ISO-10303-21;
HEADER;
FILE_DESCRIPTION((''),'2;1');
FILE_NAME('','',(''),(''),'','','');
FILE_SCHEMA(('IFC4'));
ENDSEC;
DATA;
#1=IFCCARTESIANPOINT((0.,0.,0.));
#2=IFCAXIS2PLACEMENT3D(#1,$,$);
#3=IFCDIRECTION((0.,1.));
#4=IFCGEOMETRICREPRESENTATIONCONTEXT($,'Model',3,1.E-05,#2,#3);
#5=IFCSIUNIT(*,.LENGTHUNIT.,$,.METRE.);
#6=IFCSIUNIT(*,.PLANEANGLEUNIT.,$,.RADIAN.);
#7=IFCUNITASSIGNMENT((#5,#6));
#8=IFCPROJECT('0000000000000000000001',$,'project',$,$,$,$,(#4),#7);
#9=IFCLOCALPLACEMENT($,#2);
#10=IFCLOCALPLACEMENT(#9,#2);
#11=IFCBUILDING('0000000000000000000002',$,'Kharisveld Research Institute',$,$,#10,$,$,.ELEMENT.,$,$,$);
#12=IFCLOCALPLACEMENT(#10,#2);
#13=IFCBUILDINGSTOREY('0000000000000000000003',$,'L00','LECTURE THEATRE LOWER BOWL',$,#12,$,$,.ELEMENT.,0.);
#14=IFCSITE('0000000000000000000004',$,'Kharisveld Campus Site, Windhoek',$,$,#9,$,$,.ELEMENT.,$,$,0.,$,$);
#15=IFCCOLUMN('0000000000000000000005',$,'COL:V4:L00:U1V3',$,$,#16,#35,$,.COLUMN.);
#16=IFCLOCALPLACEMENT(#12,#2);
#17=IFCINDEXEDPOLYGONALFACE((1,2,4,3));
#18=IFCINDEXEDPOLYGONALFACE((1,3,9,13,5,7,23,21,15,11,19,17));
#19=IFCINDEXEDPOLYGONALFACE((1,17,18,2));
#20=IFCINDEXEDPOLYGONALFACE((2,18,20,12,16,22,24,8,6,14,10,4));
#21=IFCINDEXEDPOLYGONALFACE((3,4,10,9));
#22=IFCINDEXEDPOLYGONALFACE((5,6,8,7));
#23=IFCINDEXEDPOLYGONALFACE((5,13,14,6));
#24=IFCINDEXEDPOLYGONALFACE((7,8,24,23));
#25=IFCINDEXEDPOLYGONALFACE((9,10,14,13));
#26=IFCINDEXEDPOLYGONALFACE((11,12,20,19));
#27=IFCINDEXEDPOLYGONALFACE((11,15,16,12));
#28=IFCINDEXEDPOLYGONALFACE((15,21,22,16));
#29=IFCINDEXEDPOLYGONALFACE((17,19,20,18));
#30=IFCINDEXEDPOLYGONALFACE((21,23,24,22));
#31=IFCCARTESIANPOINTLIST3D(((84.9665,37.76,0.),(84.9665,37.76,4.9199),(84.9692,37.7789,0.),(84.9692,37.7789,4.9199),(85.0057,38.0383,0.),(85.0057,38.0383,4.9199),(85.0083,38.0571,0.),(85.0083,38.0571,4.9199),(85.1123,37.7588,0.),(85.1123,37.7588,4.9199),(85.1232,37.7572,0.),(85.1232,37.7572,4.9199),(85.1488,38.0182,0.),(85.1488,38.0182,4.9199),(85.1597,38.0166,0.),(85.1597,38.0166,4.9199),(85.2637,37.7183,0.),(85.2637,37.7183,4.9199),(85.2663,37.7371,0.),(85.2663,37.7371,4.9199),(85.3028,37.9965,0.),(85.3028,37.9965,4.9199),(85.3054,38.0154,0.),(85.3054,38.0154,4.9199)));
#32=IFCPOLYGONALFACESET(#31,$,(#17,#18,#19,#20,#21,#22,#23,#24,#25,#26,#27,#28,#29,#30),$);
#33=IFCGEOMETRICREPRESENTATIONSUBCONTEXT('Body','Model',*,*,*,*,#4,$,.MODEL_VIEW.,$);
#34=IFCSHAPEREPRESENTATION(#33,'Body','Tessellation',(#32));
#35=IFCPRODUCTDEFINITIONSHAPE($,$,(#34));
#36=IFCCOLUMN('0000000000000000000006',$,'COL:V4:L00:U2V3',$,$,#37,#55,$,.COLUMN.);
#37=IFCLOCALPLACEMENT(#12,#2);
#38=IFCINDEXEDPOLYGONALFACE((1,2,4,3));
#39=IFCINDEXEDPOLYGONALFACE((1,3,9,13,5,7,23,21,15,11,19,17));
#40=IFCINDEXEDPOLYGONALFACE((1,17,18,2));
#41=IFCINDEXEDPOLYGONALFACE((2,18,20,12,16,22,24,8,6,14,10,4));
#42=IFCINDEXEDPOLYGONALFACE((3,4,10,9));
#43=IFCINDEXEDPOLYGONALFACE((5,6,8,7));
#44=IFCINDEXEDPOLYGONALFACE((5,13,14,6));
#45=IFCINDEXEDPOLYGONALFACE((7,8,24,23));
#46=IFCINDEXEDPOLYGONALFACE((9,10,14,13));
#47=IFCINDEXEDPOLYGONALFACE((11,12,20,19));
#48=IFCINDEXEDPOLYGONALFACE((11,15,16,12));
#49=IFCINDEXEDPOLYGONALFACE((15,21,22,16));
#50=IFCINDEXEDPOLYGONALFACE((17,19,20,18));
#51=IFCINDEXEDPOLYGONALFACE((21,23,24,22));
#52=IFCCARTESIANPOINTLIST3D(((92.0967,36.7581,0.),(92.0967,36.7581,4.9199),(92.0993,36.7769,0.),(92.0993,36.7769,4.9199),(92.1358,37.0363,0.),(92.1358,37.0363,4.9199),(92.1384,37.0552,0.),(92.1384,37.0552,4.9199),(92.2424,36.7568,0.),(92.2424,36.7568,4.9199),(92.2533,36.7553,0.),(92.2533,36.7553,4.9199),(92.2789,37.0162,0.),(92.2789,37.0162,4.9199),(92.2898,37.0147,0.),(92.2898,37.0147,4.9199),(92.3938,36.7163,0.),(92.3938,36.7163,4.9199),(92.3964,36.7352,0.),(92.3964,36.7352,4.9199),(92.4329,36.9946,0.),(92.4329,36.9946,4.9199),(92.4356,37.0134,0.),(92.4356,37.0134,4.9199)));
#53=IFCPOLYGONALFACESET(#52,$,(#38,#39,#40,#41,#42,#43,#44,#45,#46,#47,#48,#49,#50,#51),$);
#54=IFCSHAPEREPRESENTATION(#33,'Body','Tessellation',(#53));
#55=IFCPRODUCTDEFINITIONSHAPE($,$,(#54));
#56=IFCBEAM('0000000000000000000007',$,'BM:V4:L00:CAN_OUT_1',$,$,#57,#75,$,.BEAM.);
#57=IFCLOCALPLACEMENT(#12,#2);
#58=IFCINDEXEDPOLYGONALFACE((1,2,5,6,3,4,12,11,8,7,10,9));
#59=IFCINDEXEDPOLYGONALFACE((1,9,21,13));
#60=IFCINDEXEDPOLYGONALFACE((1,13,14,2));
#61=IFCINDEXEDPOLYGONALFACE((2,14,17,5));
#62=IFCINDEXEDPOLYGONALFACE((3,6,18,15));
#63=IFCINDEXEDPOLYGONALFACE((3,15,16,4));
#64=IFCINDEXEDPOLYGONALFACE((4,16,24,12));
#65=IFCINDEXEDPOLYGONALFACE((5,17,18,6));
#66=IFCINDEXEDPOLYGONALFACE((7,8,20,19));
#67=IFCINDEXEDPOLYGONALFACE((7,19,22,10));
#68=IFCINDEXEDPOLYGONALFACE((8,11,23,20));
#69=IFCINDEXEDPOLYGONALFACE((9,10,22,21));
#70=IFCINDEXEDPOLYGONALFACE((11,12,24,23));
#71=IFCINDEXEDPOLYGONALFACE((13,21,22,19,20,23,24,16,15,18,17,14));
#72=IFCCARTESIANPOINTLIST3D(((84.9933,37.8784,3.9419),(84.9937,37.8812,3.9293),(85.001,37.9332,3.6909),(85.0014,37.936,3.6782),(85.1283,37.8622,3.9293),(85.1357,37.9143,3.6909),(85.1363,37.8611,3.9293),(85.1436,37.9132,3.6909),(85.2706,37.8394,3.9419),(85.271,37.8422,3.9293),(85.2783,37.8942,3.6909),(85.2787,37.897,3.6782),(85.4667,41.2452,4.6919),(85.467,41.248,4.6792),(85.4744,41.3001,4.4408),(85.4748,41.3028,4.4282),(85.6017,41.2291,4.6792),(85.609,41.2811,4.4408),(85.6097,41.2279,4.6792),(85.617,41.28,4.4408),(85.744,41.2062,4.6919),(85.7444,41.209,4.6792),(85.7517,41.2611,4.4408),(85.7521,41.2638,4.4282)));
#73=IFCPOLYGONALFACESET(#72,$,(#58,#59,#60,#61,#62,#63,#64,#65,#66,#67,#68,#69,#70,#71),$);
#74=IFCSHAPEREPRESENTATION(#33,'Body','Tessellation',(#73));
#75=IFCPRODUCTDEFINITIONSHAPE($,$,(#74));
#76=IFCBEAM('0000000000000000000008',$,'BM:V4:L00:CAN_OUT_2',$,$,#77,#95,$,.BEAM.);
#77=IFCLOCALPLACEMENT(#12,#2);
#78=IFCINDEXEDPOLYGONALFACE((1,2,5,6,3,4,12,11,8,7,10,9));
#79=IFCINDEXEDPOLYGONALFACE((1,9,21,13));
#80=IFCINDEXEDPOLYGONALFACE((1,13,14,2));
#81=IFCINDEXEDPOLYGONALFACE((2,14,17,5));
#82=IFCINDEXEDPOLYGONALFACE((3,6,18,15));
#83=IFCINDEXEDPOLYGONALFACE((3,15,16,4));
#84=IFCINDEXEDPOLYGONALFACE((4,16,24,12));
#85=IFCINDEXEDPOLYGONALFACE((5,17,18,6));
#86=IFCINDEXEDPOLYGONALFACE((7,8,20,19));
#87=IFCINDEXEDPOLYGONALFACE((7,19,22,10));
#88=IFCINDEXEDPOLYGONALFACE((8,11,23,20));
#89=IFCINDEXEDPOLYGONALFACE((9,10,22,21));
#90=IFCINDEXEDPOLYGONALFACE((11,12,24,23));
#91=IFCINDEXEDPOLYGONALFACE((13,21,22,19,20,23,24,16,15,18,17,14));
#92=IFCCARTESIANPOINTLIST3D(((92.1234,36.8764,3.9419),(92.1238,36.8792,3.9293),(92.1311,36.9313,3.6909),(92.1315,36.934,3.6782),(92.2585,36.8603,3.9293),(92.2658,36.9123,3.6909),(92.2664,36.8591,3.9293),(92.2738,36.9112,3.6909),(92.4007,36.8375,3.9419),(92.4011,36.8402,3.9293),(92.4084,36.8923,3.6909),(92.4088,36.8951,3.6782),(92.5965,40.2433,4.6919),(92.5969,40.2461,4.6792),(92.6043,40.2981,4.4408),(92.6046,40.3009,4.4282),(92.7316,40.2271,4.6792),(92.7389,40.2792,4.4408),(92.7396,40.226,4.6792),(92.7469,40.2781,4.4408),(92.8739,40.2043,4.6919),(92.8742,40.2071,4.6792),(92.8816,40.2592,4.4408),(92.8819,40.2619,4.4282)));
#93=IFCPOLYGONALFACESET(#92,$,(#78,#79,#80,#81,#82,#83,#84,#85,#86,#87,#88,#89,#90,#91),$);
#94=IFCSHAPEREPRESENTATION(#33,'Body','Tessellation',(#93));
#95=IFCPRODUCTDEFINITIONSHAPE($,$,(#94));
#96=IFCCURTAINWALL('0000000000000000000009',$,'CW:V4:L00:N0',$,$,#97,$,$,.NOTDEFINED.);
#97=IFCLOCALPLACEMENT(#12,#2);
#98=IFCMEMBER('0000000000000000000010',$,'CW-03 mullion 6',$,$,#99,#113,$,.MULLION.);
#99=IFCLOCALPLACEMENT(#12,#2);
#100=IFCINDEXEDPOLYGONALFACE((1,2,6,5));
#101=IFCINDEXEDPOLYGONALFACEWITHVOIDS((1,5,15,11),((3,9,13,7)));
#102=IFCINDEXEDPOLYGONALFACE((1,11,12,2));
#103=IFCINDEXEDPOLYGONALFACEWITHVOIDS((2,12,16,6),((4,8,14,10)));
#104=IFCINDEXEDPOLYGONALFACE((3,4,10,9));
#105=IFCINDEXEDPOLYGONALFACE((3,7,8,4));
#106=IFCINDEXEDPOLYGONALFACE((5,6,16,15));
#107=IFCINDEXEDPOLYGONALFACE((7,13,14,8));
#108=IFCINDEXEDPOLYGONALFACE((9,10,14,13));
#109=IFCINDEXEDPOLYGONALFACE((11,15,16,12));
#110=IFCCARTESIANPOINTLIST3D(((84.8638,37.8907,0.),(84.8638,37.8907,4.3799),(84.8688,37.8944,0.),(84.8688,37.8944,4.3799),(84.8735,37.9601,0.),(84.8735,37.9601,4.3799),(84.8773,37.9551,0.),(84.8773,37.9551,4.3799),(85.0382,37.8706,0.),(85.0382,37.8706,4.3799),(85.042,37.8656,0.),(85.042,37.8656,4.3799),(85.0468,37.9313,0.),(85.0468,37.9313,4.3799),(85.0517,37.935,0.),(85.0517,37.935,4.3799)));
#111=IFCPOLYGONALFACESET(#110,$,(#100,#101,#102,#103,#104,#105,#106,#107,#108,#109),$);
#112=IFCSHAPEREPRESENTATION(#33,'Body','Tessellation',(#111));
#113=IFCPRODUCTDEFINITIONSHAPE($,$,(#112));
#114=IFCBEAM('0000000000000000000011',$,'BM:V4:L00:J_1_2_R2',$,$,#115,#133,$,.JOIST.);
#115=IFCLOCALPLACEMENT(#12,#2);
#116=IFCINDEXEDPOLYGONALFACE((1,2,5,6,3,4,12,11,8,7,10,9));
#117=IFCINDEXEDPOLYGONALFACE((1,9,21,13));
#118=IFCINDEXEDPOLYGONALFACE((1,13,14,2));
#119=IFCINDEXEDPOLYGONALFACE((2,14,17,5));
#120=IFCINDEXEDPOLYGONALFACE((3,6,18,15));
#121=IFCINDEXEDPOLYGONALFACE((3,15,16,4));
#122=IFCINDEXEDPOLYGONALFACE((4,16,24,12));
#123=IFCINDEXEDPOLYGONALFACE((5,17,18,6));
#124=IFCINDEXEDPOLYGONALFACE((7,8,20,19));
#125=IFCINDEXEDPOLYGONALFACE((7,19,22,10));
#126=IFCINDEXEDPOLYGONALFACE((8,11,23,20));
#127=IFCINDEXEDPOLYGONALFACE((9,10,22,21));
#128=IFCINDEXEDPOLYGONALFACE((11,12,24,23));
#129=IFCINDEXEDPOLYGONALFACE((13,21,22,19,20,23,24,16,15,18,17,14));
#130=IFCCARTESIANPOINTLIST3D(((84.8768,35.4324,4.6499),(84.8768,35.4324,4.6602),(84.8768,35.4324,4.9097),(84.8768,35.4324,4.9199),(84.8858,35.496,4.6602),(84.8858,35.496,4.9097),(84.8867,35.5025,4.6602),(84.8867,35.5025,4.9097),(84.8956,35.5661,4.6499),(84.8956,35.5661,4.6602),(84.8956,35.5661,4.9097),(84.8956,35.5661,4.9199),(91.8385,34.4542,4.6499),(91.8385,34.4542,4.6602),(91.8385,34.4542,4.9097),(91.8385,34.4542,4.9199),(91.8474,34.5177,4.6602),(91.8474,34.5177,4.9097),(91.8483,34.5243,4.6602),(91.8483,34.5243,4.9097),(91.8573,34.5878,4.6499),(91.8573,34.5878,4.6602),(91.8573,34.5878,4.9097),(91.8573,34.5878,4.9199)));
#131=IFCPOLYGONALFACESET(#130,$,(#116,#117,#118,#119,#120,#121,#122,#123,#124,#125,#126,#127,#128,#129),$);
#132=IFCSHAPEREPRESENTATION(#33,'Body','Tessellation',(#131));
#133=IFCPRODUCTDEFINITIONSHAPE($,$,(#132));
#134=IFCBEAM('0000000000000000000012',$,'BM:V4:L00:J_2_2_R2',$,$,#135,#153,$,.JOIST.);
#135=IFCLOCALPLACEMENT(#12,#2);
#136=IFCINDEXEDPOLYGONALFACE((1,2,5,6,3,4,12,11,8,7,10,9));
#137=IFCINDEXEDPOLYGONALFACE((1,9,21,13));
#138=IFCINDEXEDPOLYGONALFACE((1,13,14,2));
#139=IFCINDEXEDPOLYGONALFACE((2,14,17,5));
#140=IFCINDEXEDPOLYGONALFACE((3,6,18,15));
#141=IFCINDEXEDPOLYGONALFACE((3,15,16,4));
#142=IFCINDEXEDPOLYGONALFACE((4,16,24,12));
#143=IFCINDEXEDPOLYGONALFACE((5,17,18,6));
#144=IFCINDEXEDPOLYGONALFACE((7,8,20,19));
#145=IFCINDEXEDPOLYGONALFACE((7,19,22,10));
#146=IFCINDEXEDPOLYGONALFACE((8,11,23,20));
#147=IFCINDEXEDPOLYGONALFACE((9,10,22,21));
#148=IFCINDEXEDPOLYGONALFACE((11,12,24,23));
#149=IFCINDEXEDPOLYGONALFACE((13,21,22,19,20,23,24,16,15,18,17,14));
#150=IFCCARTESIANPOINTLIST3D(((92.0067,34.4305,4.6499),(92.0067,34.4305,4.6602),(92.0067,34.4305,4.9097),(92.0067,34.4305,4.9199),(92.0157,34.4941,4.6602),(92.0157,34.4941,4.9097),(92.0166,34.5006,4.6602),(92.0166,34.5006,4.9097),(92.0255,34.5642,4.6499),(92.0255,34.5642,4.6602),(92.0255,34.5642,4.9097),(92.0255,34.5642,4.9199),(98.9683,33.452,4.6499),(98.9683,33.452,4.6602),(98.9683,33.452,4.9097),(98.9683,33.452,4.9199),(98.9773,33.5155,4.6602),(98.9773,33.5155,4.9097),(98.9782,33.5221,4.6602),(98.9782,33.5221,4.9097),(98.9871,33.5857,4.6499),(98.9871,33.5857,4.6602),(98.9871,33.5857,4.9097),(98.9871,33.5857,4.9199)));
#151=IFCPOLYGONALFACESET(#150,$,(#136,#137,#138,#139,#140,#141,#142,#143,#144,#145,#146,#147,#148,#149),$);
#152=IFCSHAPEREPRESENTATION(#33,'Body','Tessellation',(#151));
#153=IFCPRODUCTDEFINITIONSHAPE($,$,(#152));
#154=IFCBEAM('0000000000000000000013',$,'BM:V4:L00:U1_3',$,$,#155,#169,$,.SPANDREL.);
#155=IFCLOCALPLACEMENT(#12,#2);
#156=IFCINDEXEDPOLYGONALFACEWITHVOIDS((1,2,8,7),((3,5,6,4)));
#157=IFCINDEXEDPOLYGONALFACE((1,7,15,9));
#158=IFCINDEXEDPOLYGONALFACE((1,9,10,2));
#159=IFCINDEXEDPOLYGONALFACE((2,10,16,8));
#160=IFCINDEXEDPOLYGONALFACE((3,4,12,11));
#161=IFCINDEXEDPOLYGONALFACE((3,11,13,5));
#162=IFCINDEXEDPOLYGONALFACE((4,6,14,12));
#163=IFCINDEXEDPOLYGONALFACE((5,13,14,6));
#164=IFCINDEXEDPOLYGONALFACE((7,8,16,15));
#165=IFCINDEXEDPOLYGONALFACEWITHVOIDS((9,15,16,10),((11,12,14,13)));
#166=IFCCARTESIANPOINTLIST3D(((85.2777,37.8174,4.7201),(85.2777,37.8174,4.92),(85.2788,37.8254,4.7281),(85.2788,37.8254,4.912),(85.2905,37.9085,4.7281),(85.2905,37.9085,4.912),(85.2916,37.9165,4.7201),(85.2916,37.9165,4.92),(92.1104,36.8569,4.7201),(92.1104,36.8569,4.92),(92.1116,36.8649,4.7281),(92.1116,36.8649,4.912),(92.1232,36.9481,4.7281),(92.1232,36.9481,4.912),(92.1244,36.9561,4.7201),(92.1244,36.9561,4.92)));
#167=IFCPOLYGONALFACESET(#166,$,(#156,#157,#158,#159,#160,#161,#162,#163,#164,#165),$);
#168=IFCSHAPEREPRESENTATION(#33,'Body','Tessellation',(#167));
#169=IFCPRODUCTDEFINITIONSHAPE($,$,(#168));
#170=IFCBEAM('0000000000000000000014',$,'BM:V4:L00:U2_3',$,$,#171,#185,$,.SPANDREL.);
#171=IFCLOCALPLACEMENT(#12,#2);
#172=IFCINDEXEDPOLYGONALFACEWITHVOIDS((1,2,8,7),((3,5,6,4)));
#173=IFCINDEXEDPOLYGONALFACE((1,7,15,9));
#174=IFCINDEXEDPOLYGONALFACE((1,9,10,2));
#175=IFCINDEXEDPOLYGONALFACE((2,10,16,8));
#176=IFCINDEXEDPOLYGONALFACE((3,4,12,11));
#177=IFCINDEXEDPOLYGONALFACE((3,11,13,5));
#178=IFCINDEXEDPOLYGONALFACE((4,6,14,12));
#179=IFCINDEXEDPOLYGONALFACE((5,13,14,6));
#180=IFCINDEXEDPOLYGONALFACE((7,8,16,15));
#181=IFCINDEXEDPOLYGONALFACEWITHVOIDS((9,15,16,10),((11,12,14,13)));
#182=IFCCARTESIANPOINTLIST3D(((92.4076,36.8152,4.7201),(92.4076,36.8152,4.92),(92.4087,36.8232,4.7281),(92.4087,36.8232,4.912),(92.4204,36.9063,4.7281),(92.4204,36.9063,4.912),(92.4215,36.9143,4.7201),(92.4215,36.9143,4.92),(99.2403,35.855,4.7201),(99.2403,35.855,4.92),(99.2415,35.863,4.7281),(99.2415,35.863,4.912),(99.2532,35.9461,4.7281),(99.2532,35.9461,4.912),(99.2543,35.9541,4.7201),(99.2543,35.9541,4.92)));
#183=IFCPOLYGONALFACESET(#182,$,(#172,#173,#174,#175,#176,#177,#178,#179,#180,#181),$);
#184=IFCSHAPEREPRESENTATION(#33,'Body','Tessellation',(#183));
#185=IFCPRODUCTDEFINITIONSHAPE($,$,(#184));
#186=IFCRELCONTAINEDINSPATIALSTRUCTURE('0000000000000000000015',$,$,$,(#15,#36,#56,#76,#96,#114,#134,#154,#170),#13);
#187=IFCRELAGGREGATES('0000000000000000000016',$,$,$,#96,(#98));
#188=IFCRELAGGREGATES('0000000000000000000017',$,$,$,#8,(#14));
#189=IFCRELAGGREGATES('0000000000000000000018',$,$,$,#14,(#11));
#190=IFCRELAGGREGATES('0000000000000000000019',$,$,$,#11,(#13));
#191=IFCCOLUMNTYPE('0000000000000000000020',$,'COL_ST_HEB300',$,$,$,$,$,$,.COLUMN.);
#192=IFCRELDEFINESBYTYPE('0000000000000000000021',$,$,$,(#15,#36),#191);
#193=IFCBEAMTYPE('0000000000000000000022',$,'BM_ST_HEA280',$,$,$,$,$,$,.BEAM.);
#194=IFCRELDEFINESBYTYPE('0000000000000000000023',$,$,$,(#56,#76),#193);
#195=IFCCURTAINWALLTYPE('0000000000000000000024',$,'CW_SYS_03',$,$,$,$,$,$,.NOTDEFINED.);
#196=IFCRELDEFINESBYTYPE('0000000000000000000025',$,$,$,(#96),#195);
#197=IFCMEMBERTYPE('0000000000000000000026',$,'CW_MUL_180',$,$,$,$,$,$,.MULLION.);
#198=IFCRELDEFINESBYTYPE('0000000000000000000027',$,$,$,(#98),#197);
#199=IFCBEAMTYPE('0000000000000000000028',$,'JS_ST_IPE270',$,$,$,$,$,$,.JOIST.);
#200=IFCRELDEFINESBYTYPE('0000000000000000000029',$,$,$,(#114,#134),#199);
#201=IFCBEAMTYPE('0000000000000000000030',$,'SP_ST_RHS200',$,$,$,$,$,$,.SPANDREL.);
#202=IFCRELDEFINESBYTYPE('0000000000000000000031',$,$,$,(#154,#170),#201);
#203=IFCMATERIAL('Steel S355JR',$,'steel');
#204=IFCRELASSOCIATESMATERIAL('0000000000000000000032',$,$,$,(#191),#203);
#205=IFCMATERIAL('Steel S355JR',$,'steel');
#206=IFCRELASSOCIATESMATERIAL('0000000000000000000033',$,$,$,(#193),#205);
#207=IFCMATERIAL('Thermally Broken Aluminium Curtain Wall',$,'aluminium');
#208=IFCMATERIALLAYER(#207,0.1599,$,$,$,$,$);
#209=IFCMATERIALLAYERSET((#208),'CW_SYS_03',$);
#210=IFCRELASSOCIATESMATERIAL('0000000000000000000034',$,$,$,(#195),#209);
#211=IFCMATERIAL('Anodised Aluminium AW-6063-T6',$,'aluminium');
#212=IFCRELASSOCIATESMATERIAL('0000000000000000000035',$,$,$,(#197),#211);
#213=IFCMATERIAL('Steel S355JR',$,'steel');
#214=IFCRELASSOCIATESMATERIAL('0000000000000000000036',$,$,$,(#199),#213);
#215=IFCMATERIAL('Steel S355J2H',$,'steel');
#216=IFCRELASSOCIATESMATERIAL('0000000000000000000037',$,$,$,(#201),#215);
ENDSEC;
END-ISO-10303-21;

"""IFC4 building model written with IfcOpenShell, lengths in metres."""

from ifc_helpers import new_model, si_unit, direction, frame, origin, origin_2d, place, context, subcontext, project, spatial, hollow_rectangle, i_section, extrude, material, layer, layer_set, material_profile, profile_set, type_object, element, aggregate, save


model = new_model("IFC4")

# Units and contexts
model_context = context("Model", 3, precision=1e-05, world=origin(), true_north=direction((0.0, 1.0)))
body_context = subcontext(model_context, "Body", "Model", "MODEL_VIEW")
ifc_project = project(units=[si_unit("LENGTHUNIT", "METRE"), si_unit("PLANEANGLEUNIT", "RADIAN")], contexts=[model_context])

# Site, building, storey
site_placement = place(None, origin())
site = spatial("IfcSite", under=ifc_project, at=site_placement, Name="Kharisveld Campus Site, Windhoek", CompositionType="ELEMENT", RefElevation=0.0)
building_placement = place(site_placement, origin())
building = spatial("IfcBuilding", under=site, at=building_placement, Name="Kharisveld Research Institute", CompositionType="ELEMENT")
storey_placement = place(building_placement, origin())
storey = spatial("IfcBuildingStorey", under=building, at=storey_placement, Name="L00", Description="LECTURE THEATRE LOWER BOWL", CompositionType="ELEMENT", Elevation=0.0)

# Columns
ifc_material_1 = material(Name="Steel S355JR", Category="steel")
ifc_material_profile_1 = material_profile(ifc_material_1, i_section(OverallWidth=0.3, OverallDepth=0.3, WebThickness=0.011, FlangeThickness=0.019, at=origin_2d()))
ifc_profile_set_1 = profile_set([ifc_material_profile_1], Name="Steel S355JR")
column_type = type_object("IfcColumnType", Name="COL_ST_HEB300", PredefinedType="COLUMN", material=ifc_profile_set_1)
for number, where, z_axis, x_axis, name in (
    (1, (85.136, 37.8877, 0.0), (0.0, 0.0, 1.0), (0.990268, -0.139173, 0.0), "COL:V4:L00:U1V3"),
    (2, (92.2661, 36.8857, 0.0), (0.0, 0.0, 1.0), (0.990268, -0.139173, 0.0), "COL:V4:L00:U2V3"),
):
    element("IfcColumn", number, at=place(storey_placement, frame(where, z_axis=z_axis, x_axis=x_axis)), inside=storey, type_object=column_type, Name=name, PredefinedType="COLUMN", context=body_context, shape_type="SweptSolid", body=[
        extrude(i_section(OverallWidth=0.3, OverallDepth=0.3, WebThickness=0.011, FlangeThickness=0.019, at=origin_2d()), origin(), (0.0, 0.0, 1.0), 4.9199),
    ])

# Beams
ifc_material_2 = material(Name="Steel S355JR", Category="steel")
ifc_material_profile_2 = material_profile(ifc_material_2, i_section(OverallWidth=0.28, OverallDepth=0.27, WebThickness=0.0081, FlangeThickness=0.0129, at=origin_2d()))
ifc_profile_set_2 = profile_set([ifc_material_profile_2], Name="Steel S355JR")
beam_type_1 = type_object("IfcBeamType", Name="BM_ST_HEA280", PredefinedType="BEAM", material=ifc_profile_set_2)
for number, where, z_axis, x_axis, name in (
    (3, (85.136, 37.8877, 3.8101), (0.135961, 0.967013, 0.215406), (-0.99026, 0.13923, 0.0), "BM:V4:L00:CAN_OUT_1"),
    (4, (92.2661, 36.8857, 3.8101), (0.135892, 0.967023, 0.215408), (-0.99027, 0.139159, 0.0), "BM:V4:L00:CAN_OUT_2"),
):
    element("IfcBeam", number, at=place(storey_placement, frame(where, z_axis=z_axis, x_axis=x_axis)), inside=storey, type_object=beam_type_1, Name=name, PredefinedType="BEAM", context=body_context, shape_type="SweptSolid", body=[
        extrude(i_section(OverallWidth=0.28, OverallDepth=0.27, WebThickness=0.0081, FlangeThickness=0.0129, at=origin_2d()), origin(), (0.0, 0.0, 1.0), 3.4817),
    ])

# Curtain wall, member
ifc_material_3 = material(Name="Thermally Broken Aluminium Curtain Wall", Category="aluminium")
ifc_layer_1 = layer(ifc_material_3, 0.1599)
ifc_layer_set_1 = layer_set([ifc_layer_1], Name="CW_SYS_03")
curtain_wall_type = type_object("IfcCurtainWallType", Name="CW_SYS_03", PredefinedType="NOTDEFINED", material=ifc_layer_set_1)
curtain_wall_placement = place(storey_placement, origin())
curtain_wall = element("IfcCurtainWall", 5, at=curtain_wall_placement, inside=storey, type_object=curtain_wall_type, Name="CW:V4:L00:N0", PredefinedType="NOTDEFINED")
ifc_material_4 = material(Name="Anodised Aluminium AW-6063-T6", Category="aluminium")
ifc_material_profile_3 = material_profile(ifc_material_4, hollow_rectangle(XDim=0.0701, YDim=0.1799, WallThickness=0.0044, at=origin_2d()))
ifc_profile_set_3 = profile_set([ifc_material_profile_3], Name="Anodised Aluminium AW-6063-T6")
member_type_1 = type_object("IfcMemberType", Name="CW_MUL_180", PredefinedType="MULLION", material=ifc_profile_set_3)
member_1_placement = place(storey_placement, frame((84.9578, 37.9128, 0.0), z_axis=(0.0, 0.0, 1.0), x_axis=(0.139173, 0.990268, 0.0)))
member_1 = element("IfcMember", 6, at=member_1_placement, type_object=member_type_1, Name="CW-03 mullion 6", PredefinedType="MULLION", context=body_context, shape_type="SweptSolid", body=[
    extrude(hollow_rectangle(XDim=0.0701, YDim=0.1799, WallThickness=0.0044, at=origin_2d()), origin(), (0.0, 0.0, 1.0), 4.3799),
])

# Beams
ifc_material_5 = material(Name="Steel S355JR", Category="steel")
ifc_material_profile_4 = material_profile(ifc_material_5, i_section(OverallWidth=0.135, OverallDepth=0.27, WebThickness=0.0066, FlangeThickness=0.0103, at=origin_2d()))
ifc_profile_set_4 = profile_set([ifc_material_profile_4], Name="Steel S355JR")
beam_type_2 = type_object("IfcBeamType", Name="JS_ST_IPE270", PredefinedType="JOIST", material=ifc_profile_set_4)
for number, where, z_axis, x_axis, name in (
    (7, (84.8862, 35.4993, 4.7849), (0.990271, -0.139155, 0.0), (0.139155, 0.990271, 0.0), "BM:V4:L00:J_1_2_R2"),
    (8, (92.0161, 34.4973, 4.7849), (0.990266, -0.139189, 0.0), (0.139189, 0.990266, 0.0), "BM:V4:L00:J_2_2_R2"),
):
    element("IfcBeam", number, at=place(storey_placement, frame(where, z_axis=z_axis, x_axis=x_axis)), inside=storey, type_object=beam_type_2, Name=name, PredefinedType="JOIST", context=body_context, shape_type="SweptSolid", body=[
        extrude(i_section(OverallWidth=0.135, OverallDepth=0.27, WebThickness=0.0066, FlangeThickness=0.0103, at=origin_2d()), origin(), (0.0, 0.0, 1.0), 7.03),
    ])
ifc_material_6 = material(Name="Steel S355J2H", Category="steel")
ifc_material_profile_5 = material_profile(ifc_material_6, hollow_rectangle(XDim=0.1001, YDim=0.2, WallThickness=0.0081, at=origin_2d()))
ifc_profile_set_5 = profile_set([ifc_material_profile_5], Name="Steel S355J2H")
beam_type_3 = type_object("IfcBeamType", Name="SP_ST_RHS200", PredefinedType="SPANDREL", material=ifc_profile_set_5)
for number, where, z_axis, x_axis, name in (
    (9, (85.2847, 37.8669, 4.8201), (0.990265, -0.139197, 0.0), (0.139197, 0.990265, 0.0), "BM:V4:L00:U1_3"),
    (10, (92.4146, 36.8647, 4.8201), (0.99027, -0.139162, 0.0), (0.139162, 0.99027, 0.0), "BM:V4:L00:U2_3"),
):
    element("IfcBeam", number, at=place(storey_placement, frame(where, z_axis=z_axis, x_axis=x_axis)), inside=storey, type_object=beam_type_3, Name=name, PredefinedType="SPANDREL", context=body_context, shape_type="SweptSolid", body=[
        extrude(hollow_rectangle(XDim=0.1001, YDim=0.2, WallThickness=0.0081, at=origin_2d()), origin(), (0.0, 0.0, 1.0), 6.8999),
    ])

aggregate(curtain_wall, [member_1])

save(model, "model.ifc")
